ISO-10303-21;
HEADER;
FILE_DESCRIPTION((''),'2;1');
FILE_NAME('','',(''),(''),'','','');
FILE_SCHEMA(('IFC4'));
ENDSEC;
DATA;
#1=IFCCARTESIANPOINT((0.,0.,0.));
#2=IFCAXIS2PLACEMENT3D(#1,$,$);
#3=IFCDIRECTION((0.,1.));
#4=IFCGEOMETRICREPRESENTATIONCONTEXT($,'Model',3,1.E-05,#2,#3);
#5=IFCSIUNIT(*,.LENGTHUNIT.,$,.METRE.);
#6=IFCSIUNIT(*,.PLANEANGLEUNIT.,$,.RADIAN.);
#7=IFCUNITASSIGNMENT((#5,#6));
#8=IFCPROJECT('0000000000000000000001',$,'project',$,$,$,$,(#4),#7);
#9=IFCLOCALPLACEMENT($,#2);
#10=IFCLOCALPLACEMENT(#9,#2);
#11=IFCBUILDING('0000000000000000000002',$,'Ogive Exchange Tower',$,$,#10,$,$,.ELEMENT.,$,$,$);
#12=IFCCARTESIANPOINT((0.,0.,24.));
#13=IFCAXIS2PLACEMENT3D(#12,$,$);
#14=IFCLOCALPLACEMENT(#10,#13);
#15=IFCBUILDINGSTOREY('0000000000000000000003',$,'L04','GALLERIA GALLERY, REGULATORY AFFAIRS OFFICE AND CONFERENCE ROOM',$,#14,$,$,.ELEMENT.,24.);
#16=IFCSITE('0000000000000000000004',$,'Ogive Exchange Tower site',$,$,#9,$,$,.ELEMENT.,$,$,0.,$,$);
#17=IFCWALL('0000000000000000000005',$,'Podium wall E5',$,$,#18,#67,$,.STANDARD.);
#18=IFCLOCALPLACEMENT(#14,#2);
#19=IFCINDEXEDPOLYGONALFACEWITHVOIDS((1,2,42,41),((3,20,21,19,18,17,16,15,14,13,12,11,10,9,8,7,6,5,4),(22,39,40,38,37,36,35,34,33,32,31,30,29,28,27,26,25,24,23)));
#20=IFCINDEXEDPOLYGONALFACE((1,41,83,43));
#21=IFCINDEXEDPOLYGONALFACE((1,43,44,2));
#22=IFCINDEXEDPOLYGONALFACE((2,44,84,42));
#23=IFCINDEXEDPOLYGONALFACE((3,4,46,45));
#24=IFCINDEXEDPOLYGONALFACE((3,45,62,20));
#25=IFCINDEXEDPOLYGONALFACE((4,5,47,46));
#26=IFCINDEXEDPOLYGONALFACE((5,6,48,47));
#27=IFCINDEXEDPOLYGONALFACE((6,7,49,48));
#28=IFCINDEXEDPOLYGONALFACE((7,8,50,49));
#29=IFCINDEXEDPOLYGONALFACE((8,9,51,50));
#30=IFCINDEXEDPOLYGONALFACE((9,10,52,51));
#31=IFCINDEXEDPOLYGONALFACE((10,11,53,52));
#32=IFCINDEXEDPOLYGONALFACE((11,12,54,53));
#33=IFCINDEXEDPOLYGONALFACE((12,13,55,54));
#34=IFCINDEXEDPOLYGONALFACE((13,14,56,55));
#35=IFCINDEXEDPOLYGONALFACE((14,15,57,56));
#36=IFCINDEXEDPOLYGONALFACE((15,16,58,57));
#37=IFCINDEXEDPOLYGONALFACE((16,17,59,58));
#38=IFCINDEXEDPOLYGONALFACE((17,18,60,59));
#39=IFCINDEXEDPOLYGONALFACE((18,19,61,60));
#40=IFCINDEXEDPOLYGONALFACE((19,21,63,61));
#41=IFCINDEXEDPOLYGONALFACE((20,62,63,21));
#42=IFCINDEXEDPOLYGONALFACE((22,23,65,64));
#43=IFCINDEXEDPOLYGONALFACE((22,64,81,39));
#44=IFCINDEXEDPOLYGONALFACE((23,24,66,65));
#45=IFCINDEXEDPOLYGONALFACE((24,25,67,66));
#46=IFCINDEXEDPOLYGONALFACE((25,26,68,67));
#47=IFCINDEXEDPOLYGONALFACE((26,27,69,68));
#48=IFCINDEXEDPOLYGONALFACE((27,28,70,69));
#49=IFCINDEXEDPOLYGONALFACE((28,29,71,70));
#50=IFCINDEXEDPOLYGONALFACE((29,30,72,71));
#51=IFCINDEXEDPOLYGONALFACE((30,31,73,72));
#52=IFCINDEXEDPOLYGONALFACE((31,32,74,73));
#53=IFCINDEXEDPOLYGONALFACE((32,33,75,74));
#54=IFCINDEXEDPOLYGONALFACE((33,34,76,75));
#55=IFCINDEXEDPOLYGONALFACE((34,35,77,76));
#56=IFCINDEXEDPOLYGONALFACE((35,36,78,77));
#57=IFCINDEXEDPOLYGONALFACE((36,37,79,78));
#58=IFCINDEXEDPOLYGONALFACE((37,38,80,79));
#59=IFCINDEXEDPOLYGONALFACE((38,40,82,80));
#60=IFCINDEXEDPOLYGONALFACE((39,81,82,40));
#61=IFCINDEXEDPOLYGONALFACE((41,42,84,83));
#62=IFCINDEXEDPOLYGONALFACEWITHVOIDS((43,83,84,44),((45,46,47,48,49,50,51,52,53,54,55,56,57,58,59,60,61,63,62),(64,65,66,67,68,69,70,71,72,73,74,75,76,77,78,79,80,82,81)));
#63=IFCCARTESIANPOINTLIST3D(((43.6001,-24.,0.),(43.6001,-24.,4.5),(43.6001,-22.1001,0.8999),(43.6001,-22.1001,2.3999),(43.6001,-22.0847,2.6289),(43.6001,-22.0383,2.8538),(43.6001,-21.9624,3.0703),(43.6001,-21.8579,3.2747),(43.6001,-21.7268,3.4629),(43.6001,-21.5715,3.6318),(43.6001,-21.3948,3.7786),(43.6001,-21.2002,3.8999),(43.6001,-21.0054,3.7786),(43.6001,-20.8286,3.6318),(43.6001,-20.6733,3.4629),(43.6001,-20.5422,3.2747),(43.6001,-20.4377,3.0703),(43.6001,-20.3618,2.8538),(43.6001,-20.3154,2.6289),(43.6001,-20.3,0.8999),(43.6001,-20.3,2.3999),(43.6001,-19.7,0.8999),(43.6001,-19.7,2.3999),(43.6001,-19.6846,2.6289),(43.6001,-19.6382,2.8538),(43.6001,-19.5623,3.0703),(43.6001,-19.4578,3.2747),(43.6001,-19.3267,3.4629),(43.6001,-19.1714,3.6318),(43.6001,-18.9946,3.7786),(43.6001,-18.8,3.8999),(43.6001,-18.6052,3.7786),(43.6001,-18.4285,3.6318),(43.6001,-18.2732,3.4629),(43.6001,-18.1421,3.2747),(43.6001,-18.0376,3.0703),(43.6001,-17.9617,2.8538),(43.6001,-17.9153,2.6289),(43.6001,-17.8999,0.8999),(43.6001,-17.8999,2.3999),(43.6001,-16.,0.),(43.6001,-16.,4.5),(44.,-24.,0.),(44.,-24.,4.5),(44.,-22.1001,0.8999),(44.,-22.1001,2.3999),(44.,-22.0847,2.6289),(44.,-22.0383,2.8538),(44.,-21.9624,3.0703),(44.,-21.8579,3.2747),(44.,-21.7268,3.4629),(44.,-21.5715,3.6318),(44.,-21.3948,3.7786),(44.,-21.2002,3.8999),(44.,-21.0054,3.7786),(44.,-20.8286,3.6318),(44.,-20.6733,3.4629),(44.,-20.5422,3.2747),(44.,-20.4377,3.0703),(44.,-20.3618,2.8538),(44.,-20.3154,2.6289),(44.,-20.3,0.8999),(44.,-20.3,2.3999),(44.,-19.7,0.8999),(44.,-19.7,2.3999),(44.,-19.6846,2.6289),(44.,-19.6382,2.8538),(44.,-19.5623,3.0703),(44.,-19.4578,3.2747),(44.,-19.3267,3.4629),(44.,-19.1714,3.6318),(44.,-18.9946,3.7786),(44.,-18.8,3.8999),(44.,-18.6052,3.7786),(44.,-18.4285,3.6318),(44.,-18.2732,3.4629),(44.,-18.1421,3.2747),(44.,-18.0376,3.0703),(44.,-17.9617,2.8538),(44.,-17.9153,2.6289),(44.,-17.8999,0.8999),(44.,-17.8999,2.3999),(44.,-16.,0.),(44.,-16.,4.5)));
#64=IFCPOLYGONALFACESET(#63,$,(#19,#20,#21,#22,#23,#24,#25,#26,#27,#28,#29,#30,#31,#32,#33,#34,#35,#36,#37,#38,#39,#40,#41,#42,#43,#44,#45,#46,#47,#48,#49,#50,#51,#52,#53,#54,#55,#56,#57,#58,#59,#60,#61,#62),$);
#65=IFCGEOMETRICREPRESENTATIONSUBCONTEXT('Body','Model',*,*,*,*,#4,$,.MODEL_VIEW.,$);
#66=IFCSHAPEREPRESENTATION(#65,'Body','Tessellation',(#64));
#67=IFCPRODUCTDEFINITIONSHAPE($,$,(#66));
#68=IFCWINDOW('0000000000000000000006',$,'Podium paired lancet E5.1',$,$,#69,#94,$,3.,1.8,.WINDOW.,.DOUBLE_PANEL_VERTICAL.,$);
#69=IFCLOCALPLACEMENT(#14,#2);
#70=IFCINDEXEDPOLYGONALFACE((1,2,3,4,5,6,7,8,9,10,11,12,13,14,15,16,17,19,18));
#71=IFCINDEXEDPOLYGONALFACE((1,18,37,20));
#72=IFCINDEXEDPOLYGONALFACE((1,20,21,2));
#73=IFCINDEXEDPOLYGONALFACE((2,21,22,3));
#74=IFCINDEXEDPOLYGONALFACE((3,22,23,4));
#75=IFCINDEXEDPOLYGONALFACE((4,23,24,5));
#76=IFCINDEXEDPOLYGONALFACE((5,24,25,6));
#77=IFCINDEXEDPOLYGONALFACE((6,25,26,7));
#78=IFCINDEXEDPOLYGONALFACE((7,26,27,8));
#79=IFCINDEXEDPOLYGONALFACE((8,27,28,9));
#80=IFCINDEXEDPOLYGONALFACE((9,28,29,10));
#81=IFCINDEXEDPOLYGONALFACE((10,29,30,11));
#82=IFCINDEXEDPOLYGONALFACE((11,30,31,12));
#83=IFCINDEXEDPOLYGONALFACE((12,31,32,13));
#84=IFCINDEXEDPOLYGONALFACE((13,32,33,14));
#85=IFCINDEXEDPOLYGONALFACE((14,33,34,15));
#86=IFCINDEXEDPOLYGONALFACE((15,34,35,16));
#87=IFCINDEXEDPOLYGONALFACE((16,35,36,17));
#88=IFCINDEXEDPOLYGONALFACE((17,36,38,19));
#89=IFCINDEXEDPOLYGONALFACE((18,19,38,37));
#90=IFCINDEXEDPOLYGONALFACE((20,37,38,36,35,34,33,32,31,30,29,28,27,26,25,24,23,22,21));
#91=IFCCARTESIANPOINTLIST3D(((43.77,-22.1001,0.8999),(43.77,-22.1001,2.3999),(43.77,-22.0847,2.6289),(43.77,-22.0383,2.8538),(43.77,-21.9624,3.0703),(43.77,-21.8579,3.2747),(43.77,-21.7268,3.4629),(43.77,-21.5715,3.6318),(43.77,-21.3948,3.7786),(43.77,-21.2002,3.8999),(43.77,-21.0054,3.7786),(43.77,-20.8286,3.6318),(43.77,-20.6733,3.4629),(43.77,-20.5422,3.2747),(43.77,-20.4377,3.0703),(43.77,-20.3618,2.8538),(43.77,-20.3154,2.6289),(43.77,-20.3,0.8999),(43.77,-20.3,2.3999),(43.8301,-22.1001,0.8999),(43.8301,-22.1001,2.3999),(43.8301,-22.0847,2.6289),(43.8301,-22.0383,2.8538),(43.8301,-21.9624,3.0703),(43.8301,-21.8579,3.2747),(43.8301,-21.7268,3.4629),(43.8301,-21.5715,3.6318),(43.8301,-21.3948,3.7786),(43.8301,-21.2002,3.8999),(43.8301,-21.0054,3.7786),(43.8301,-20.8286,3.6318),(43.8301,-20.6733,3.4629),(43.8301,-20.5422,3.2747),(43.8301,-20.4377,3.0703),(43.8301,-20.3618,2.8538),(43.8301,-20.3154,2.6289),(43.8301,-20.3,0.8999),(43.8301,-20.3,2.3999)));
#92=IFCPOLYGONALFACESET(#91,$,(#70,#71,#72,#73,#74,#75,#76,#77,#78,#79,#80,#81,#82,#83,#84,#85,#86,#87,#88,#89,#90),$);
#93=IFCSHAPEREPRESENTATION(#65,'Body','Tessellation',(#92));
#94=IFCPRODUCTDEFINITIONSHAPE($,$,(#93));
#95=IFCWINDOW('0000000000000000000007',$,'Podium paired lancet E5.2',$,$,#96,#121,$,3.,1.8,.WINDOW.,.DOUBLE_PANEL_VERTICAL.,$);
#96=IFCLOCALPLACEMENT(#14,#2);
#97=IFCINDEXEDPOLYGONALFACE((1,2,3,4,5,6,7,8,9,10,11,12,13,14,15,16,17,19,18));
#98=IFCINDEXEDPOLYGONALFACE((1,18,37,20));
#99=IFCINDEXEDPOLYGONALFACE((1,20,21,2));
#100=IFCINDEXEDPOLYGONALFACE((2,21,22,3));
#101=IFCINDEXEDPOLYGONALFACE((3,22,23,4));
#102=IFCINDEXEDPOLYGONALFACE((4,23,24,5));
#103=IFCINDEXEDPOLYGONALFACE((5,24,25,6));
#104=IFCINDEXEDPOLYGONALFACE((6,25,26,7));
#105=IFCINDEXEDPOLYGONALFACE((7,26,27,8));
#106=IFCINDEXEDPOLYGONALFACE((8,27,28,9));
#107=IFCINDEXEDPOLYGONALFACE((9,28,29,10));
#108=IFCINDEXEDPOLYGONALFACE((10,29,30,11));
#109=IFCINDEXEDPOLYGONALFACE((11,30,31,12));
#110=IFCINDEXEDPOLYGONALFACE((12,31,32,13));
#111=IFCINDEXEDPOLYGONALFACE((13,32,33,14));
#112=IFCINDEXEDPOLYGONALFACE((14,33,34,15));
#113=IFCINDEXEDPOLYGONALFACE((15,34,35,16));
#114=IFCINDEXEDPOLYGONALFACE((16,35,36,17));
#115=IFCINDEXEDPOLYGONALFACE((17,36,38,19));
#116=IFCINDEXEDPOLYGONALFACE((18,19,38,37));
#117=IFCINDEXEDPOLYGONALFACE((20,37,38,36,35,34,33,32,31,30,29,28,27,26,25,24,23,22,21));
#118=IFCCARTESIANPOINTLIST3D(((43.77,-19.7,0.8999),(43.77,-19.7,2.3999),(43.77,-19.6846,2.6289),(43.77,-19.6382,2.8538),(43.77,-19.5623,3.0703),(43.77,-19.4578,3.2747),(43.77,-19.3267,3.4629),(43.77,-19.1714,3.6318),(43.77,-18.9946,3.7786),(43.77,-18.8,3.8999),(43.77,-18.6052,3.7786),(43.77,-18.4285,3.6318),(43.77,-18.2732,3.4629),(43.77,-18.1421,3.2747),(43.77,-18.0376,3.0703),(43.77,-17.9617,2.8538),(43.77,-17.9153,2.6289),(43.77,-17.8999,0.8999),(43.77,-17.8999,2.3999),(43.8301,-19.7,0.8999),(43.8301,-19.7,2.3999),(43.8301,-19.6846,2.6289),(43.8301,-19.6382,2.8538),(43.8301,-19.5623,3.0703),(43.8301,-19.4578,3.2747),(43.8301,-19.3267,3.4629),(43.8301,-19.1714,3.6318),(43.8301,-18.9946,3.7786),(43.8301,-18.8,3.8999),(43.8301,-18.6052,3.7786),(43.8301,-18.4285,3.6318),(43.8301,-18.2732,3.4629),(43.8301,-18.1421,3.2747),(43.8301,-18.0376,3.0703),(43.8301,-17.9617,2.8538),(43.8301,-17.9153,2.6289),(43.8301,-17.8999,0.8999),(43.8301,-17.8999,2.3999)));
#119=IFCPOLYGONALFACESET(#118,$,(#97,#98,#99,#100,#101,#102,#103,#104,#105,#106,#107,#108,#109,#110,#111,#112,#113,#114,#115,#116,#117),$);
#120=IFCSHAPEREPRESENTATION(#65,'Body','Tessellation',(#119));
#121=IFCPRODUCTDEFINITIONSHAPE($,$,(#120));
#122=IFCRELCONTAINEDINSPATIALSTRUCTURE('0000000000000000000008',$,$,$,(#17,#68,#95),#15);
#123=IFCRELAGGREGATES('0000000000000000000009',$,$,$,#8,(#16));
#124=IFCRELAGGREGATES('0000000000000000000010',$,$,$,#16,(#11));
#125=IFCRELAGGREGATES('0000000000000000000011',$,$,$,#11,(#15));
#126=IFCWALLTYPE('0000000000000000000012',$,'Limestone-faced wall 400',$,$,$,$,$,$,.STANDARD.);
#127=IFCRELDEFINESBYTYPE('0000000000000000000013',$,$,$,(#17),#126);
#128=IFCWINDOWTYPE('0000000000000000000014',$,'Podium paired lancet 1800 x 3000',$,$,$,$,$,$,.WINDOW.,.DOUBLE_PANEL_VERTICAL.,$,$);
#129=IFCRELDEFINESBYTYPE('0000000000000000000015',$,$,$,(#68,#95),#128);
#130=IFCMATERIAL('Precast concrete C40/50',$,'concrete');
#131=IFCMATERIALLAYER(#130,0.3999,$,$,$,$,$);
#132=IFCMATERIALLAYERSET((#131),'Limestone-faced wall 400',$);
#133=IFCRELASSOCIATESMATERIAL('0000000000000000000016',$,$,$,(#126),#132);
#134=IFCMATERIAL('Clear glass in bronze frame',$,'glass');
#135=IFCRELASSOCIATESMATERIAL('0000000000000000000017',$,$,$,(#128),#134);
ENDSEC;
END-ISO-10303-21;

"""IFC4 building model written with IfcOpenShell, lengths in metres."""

from ifc_helpers import new_model, si_unit, direction, frame, frame_2d, origin, place, context, subcontext, project, spatial, polyline, rectangle, outline, extrude, material, layer, layer_set, type_object, element, fill, save


model = new_model("IFC4")

# Units and contexts
model_context = context("Model", 3, precision=1e-05, world=origin(), true_north=direction((0.0, 1.0)))
body_context = subcontext(model_context, "Body", "Model", "MODEL_VIEW")
ifc_project = project(units=[si_unit("LENGTHUNIT", "METRE"), si_unit("PLANEANGLEUNIT", "RADIAN")], contexts=[model_context])

# Site, building, storey
site_placement = place(None, origin())
site = spatial("IfcSite", under=ifc_project, at=site_placement, Name="Ogive Exchange Tower site", CompositionType="ELEMENT", RefElevation=0.0)
building_placement = place(site_placement, origin())
building = spatial("IfcBuilding", under=site, at=building_placement, Name="Ogive Exchange Tower", CompositionType="ELEMENT")
storey_placement = place(building_placement, frame((0.0, 0.0, 24.0)))
storey = spatial("IfcBuildingStorey", under=building, at=storey_placement, Name="L04", Description="GALLERIA GALLERY, REGULATORY AFFAIRS OFFICE AND CONFERENCE ROOM", CompositionType="ELEMENT", Elevation=24.0)

# Wall, openings, windows
ifc_material_1 = material(Name="Precast concrete C40/50", Category="concrete")
ifc_layer_1 = layer(ifc_material_1, 0.3999)
ifc_layer_set_1 = layer_set([ifc_layer_1], Name="Limestone-faced wall 400")
wall_type_1 = type_object("IfcWallType", Name="Limestone-faced wall 400", PredefinedType="STANDARD", material=ifc_layer_set_1)
wall_1_placement = place(storey_placement, frame((43.8, -24.0, 0.0), z_axis=(0.0, 0.0, 1.0), x_axis=(0.0, 1.0, 0.0)))
wall_1 = element("IfcWall", 1, at=wall_1_placement, inside=storey, type_object=wall_type_1, Name="Podium wall E5", PredefinedType="STANDARD", context=body_context, shape_type="SweptSolid", body=[
    extrude(rectangle(XDim=8.0, YDim=0.3999, at=frame_2d((4.0, 0.0))), origin(), (0.0, 0.0, 1.0), 4.5),
])
opening_1_placement = place(wall_1_placement, frame((1.8999, 0.0, 0.8999)))
opening_1 = element("IfcOpeningElement", 2, at=opening_1_placement, cuts=wall_1, PredefinedType="OPENING", context=body_context, shape_type="SweptSolid", body=[
    extrude(outline(polyline([(0.0, 0.0), (1.8, 0.0), (1.8, 1.5), (1.7847, 1.729), (1.7383, 1.9539), (1.6624, 2.1704), (1.5579, 2.3748), (1.4268, 2.563), (1.2715, 2.7319), (1.0947, 2.8787), (0.8999, 3.0), (0.7053, 2.8787), (0.5286, 2.7319), (0.3733, 2.563), (0.2422, 2.3748), (0.1377, 2.1704), (0.0618, 1.9539), (0.0154, 1.729), (0.0, 1.5), (0.0, 0.0)])), frame((0.0, 0.21, 0.0), z_axis=(0.0, -1.0, 0.0), x_axis=(1.0, 0.0, 0.0)), (0.0, 0.0, 1.0), 0.4199),
])
opening_2_placement = place(wall_1_placement, frame((4.3, 0.0, 0.8999)))
opening_2 = element("IfcOpeningElement", 3, at=opening_2_placement, cuts=wall_1, PredefinedType="OPENING", context=body_context, shape_type="SweptSolid", body=[
    extrude(outline(polyline([(0.0, 0.0), (1.8, 0.0), (1.8, 1.5), (1.7847, 1.729), (1.7383, 1.9539), (1.6624, 2.1704), (1.5579, 2.3748), (1.4268, 2.563), (1.2715, 2.7319), (1.0947, 2.8787), (0.8999, 3.0), (0.7053, 2.8787), (0.5286, 2.7319), (0.3733, 2.563), (0.2422, 2.3748), (0.1377, 2.1704), (0.0618, 1.9539), (0.0154, 1.729), (0.0, 1.5), (0.0, 0.0)])), frame((0.0, 0.21, 0.0), z_axis=(0.0, -1.0, 0.0), x_axis=(1.0, 0.0, 0.0)), (0.0, 0.0, 1.0), 0.4199),
])
ifc_material_2 = material(Name="Clear glass in bronze frame", Category="glass")
window_type_1 = type_object("IfcWindowType", Name="Podium paired lancet 1800 x 3000", PartitioningType="DOUBLE_PANEL_VERTICAL", PredefinedType="WINDOW", material=ifc_material_2)
window_1_placement = place(opening_1_placement, origin())
window_1 = element("IfcWindow", 4, at=window_1_placement, inside=storey, type_object=window_type_1, Name="Podium paired lancet E5.1", OverallHeight=3.0, OverallWidth=1.8, PartitioningType="DOUBLE_PANEL_VERTICAL", PredefinedType="WINDOW", context=body_context, shape_type="SweptSolid", body=[
    extrude(outline(polyline([(0.0, 0.0), (1.8, 0.0), (1.8, 1.5), (1.7847, 1.729), (1.7383, 1.9539), (1.6624, 2.1704), (1.5579, 2.3748), (1.4268, 2.563), (1.2715, 2.7319), (1.0947, 2.8787), (0.8999, 3.0), (0.7053, 2.8787), (0.5286, 2.7319), (0.3733, 2.563), (0.2422, 2.3748), (0.1377, 2.1704), (0.0618, 1.9539), (0.0154, 1.729), (0.0, 1.5), (0.0, 0.0)])), frame((0.0, 0.03, 0.0), z_axis=(0.0, -1.0, 0.0), x_axis=(1.0, 0.0, 0.0)), (0.0, 0.0, 1.0), 0.0601),
])
fill(opening_1, window_1)
window_2_placement = place(opening_2_placement, origin())
window_2 = element("IfcWindow", 5, at=window_2_placement, inside=storey, type_object=window_type_1, Name="Podium paired lancet E5.2", OverallHeight=3.0, OverallWidth=1.8, PartitioningType="DOUBLE_PANEL_VERTICAL", PredefinedType="WINDOW", context=body_context, shape_type="SweptSolid", body=[
    extrude(outline(polyline([(0.0, 0.0), (1.8, 0.0), (1.8, 1.5), (1.7847, 1.729), (1.7383, 1.9539), (1.6624, 2.1704), (1.5579, 2.3748), (1.4268, 2.563), (1.2715, 2.7319), (1.0947, 2.8787), (0.8999, 3.0), (0.7053, 2.8787), (0.5286, 2.7319), (0.3733, 2.563), (0.2422, 2.3748), (0.1377, 2.1704), (0.0618, 1.9539), (0.0154, 1.729), (0.0, 1.5), (0.0, 0.0)])), frame((0.0, 0.03, 0.0), z_axis=(0.0, -1.0, 0.0), x_axis=(1.0, 0.0, 0.0)), (0.0, 0.0, 1.0), 0.0601),
])
fill(opening_2, window_2)

save(model, "model.ifc")
